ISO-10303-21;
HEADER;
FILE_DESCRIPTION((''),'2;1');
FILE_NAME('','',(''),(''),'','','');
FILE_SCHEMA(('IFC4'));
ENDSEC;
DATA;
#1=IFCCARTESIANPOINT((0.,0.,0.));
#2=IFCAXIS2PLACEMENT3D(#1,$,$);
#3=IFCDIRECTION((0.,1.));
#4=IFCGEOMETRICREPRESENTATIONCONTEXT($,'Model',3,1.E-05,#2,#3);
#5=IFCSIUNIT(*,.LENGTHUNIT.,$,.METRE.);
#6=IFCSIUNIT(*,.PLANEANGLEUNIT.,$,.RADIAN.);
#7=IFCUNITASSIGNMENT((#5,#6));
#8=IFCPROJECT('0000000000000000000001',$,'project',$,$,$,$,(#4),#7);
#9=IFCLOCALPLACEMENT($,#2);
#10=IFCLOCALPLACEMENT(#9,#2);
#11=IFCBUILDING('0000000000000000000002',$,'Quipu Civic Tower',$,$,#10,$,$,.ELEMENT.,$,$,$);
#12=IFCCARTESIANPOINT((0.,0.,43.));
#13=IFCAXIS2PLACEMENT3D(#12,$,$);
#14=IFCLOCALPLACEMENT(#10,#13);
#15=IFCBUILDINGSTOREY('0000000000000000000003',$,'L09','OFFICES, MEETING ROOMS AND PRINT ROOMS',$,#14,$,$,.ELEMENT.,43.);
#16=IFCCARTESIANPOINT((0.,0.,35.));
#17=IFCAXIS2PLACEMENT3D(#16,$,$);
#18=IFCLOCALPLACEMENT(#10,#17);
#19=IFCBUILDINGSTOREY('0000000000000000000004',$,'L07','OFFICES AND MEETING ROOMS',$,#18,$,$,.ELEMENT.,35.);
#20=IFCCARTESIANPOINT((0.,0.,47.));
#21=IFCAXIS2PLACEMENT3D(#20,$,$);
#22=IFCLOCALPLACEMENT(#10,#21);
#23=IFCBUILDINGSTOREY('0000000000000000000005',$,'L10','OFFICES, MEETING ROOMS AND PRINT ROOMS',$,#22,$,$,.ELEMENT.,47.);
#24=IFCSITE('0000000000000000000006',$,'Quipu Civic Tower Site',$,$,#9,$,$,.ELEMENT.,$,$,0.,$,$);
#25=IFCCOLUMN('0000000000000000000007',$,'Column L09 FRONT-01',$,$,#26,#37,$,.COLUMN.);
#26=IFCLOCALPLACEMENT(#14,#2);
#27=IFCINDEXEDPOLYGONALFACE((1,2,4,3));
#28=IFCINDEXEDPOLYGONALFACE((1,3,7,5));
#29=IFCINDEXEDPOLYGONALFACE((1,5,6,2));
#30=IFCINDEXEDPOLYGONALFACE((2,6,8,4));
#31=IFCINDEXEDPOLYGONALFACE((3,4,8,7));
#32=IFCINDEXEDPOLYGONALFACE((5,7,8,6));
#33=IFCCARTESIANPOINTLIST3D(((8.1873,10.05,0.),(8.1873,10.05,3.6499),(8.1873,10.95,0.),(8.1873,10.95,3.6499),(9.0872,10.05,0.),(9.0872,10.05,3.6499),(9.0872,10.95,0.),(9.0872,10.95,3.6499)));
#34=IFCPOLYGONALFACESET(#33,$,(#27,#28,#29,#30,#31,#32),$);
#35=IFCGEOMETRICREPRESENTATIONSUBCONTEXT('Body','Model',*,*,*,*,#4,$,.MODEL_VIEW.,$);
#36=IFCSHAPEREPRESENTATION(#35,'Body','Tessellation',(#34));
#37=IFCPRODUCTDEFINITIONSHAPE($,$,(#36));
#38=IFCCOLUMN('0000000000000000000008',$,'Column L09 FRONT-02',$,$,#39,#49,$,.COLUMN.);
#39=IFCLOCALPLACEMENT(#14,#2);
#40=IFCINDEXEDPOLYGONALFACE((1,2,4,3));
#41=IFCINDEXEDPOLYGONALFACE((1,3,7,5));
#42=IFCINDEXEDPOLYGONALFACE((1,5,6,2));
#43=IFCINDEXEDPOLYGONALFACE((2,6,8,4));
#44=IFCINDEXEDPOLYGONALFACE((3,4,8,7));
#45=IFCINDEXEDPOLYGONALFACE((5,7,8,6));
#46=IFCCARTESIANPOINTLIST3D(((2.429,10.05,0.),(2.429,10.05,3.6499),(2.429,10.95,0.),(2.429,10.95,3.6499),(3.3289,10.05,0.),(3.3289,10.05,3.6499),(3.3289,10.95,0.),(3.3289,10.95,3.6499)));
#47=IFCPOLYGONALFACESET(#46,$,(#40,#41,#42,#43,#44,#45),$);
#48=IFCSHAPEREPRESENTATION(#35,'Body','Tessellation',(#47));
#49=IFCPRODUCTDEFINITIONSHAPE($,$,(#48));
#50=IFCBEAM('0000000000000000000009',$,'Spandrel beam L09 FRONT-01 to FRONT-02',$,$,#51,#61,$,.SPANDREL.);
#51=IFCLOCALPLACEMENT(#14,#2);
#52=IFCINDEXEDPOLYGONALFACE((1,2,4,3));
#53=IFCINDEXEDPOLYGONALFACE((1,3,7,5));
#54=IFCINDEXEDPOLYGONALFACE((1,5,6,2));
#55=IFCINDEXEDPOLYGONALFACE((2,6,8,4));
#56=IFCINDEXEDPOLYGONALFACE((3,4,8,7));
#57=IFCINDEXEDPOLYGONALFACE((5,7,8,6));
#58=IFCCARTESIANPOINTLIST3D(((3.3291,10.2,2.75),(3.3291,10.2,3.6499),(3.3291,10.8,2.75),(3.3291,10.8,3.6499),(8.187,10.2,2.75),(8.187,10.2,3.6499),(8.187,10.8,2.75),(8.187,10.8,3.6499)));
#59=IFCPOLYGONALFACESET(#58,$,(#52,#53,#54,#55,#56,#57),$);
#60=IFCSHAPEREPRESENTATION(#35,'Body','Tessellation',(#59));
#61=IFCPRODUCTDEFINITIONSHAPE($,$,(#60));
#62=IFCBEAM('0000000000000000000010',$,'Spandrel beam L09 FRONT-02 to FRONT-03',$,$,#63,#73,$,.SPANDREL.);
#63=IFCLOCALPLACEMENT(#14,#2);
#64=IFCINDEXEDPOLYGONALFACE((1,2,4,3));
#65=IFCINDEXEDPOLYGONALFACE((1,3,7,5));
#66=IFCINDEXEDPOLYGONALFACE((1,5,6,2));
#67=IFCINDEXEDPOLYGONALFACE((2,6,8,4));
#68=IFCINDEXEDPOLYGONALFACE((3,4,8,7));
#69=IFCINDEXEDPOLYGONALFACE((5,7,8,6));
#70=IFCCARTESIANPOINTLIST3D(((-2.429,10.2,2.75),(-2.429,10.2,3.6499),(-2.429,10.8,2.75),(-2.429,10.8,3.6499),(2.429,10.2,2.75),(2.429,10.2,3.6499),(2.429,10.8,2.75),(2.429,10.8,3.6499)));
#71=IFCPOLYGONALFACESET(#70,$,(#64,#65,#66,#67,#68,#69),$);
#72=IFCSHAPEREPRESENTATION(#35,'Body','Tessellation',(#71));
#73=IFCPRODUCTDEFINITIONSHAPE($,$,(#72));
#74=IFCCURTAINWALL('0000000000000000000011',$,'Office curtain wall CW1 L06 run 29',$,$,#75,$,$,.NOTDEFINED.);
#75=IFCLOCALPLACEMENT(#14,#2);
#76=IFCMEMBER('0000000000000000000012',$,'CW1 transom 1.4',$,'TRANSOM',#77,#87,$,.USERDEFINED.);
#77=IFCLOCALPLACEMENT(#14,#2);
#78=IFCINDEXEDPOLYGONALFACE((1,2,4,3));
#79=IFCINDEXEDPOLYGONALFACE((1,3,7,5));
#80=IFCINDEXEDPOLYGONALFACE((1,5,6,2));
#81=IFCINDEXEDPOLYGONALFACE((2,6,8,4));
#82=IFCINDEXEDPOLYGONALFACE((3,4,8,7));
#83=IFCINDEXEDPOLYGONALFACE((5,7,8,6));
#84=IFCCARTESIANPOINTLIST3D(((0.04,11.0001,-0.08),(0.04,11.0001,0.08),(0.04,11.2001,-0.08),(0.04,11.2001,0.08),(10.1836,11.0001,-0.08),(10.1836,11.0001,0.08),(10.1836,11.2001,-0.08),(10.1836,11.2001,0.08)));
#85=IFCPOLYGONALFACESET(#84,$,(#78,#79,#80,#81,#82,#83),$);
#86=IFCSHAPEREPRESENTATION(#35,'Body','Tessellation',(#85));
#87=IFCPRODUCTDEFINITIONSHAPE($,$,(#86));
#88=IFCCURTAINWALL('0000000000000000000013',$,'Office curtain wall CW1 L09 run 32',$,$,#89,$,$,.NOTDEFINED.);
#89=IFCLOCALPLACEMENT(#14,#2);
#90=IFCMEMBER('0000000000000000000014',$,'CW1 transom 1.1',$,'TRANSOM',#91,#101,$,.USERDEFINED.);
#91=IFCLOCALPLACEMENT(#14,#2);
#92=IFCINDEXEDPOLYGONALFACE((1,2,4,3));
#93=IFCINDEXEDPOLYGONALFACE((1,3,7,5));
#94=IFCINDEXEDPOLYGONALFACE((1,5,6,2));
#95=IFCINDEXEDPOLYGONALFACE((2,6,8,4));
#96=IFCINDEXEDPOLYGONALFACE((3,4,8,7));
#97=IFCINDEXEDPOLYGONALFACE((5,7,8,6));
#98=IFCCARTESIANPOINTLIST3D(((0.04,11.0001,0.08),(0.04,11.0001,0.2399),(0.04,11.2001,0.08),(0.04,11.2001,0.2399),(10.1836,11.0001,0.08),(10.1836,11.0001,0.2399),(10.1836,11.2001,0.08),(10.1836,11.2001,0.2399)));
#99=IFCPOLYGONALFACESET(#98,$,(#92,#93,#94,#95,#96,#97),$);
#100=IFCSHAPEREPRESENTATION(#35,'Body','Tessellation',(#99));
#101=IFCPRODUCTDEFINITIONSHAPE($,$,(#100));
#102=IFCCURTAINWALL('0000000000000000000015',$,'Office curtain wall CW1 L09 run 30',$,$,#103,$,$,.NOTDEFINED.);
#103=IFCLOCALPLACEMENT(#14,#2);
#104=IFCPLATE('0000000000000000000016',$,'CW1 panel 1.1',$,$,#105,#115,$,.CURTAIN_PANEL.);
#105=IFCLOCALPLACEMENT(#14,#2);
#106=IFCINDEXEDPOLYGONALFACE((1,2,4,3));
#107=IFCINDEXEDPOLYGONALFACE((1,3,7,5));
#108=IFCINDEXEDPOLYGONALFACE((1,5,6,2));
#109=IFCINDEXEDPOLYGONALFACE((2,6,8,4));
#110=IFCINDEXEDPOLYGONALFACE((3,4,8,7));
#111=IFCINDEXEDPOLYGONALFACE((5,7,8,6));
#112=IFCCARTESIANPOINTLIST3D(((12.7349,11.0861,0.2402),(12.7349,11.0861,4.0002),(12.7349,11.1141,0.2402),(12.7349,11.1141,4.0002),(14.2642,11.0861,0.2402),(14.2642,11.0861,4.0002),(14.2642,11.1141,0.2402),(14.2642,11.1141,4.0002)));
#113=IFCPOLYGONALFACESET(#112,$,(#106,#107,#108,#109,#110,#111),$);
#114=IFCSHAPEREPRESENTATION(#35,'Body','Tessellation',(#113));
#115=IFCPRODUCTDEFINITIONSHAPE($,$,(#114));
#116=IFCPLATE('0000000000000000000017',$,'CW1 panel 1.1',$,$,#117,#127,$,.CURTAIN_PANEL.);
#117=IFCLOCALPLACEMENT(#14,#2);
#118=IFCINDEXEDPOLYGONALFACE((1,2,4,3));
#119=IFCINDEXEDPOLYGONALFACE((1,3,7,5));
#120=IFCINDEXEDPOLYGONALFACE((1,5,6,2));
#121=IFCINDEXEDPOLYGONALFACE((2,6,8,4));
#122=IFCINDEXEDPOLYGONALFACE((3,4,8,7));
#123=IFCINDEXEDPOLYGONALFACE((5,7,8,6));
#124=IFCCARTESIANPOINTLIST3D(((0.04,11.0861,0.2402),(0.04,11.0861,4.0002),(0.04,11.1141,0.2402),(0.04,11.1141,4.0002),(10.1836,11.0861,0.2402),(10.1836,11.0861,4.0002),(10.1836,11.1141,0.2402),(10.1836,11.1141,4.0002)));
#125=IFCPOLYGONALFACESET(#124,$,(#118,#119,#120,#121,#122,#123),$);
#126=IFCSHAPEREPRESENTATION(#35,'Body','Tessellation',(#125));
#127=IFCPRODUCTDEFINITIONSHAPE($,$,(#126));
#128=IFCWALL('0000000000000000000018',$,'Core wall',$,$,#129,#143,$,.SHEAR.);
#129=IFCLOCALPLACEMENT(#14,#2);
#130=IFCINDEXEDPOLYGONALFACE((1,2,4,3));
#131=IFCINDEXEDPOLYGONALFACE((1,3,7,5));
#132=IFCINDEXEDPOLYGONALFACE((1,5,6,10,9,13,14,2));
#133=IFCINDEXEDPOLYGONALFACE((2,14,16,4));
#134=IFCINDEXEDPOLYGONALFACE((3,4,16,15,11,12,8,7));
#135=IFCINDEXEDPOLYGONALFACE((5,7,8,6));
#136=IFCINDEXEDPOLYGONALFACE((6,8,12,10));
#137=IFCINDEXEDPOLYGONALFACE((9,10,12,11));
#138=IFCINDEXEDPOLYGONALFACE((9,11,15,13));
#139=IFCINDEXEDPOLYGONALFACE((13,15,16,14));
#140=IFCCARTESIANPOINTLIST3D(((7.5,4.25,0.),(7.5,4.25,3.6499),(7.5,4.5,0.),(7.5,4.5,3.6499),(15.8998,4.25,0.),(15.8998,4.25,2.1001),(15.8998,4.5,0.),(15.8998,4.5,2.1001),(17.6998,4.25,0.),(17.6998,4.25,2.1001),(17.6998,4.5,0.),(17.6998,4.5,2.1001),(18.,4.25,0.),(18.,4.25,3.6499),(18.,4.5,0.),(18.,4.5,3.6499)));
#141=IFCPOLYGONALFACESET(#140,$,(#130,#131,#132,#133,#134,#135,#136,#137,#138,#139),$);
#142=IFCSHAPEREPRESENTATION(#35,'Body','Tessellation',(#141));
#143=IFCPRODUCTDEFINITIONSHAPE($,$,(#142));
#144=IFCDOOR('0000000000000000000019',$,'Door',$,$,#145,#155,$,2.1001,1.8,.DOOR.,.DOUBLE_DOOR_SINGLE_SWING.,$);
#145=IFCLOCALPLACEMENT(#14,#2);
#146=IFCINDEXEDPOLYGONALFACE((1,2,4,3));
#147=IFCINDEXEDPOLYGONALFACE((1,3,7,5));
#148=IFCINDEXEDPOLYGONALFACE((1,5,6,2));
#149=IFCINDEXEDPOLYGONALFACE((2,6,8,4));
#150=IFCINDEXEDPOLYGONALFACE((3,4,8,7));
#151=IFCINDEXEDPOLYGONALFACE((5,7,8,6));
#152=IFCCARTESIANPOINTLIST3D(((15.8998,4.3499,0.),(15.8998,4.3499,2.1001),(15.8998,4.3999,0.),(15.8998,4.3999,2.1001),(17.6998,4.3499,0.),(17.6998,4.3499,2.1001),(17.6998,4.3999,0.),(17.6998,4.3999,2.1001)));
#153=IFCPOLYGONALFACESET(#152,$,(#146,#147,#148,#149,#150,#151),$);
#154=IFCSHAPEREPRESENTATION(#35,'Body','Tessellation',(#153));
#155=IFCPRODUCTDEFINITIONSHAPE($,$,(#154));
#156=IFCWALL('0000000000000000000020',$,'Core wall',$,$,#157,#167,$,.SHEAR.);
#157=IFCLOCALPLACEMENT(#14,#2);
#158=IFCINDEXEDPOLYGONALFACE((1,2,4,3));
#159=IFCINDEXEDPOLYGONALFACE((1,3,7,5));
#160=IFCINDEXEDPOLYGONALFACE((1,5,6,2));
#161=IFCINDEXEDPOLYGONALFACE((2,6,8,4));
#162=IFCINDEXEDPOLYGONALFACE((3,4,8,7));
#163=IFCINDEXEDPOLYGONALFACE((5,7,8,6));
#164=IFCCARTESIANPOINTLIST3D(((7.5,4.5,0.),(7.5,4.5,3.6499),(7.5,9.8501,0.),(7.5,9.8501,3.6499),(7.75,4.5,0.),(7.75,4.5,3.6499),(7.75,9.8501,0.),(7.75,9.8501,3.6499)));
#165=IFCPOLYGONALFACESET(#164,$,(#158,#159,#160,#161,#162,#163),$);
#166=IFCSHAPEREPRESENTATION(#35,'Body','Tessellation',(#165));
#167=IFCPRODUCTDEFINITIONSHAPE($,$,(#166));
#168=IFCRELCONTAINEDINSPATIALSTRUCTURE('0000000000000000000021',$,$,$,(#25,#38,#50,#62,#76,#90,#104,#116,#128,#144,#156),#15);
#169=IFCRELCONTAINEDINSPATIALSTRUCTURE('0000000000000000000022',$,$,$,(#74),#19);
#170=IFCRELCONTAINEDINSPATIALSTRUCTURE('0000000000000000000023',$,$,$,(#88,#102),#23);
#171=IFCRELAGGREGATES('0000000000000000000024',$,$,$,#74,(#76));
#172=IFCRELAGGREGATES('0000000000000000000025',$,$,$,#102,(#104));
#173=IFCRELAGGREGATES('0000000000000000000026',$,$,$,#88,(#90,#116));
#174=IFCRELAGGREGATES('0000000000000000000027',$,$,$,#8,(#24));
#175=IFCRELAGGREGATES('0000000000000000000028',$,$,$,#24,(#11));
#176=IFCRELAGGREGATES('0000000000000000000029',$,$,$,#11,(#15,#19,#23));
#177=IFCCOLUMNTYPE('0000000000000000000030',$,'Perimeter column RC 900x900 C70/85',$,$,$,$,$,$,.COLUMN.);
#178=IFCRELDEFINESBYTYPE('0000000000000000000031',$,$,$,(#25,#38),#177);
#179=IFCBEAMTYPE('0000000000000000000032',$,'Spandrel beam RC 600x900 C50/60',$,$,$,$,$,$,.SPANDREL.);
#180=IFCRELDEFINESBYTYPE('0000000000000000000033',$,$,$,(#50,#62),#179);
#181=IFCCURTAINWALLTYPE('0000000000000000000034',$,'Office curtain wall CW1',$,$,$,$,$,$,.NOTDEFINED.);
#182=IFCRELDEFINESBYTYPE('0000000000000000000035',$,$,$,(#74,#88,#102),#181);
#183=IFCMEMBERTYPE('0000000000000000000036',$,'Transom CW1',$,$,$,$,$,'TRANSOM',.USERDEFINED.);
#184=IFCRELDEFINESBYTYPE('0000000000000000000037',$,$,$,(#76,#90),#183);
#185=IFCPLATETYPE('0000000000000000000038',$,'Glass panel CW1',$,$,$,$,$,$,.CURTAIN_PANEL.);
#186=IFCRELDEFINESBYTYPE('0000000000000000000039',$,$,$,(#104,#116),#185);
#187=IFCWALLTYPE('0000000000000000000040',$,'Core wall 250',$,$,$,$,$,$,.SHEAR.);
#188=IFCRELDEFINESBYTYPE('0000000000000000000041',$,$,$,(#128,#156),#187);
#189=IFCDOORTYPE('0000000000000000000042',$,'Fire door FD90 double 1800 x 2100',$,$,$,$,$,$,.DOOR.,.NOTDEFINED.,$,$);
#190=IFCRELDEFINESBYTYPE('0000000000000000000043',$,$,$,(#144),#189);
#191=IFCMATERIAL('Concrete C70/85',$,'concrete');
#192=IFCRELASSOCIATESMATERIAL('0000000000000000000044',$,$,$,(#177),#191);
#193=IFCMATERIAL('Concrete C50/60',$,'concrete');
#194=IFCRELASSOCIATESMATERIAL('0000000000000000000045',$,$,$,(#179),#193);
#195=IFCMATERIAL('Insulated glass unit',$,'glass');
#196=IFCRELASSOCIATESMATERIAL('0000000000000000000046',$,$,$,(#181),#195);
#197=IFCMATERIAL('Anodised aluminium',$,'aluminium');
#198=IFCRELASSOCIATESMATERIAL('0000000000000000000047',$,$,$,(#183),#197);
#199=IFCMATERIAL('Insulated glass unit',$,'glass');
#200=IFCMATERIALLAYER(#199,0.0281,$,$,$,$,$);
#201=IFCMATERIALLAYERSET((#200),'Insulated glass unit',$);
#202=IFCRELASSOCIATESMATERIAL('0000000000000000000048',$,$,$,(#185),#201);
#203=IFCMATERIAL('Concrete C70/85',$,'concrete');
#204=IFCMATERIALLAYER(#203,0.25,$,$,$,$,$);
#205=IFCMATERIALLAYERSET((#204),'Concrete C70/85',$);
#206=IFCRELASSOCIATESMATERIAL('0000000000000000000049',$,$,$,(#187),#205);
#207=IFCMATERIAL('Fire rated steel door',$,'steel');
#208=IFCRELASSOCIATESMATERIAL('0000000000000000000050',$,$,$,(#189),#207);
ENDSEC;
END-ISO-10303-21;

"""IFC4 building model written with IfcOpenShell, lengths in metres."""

from ifc_helpers import new_model, si_unit, direction, frame, frame_2d, origin, origin_2d, place, context, subcontext, project, spatial, rectangle, extrude, material, layer, layer_set, material_profile, profile_set, type_object, element, fill, aggregate, save


model = new_model("IFC4")

# Units and contexts
model_context = context("Model", 3, precision=1e-05, world=origin(), true_north=direction((0.0, 1.0)))
body_context = subcontext(model_context, "Body", "Model", "MODEL_VIEW")
ifc_project = project(units=[si_unit("LENGTHUNIT", "METRE"), si_unit("PLANEANGLEUNIT", "RADIAN")], contexts=[model_context])

# Site, building, storey
site_placement = place(None, origin())
site = spatial("IfcSite", under=ifc_project, at=site_placement, Name="Quipu Civic Tower Site", CompositionType="ELEMENT", RefElevation=0.0)
building_placement = place(site_placement, origin())
building = spatial("IfcBuilding", under=site, at=building_placement, Name="Quipu Civic Tower", CompositionType="ELEMENT")
storey_1_placement = place(building_placement, frame((0.0, 0.0, 43.0)))
storey_1 = spatial("IfcBuildingStorey", under=building, at=storey_1_placement, Name="L09", Description="OFFICES, MEETING ROOMS AND PRINT ROOMS", CompositionType="ELEMENT", Elevation=43.0)

# Columns
ifc_material_1 = material(Name="Concrete C70/85", Category="concrete")
ifc_material_profile_1 = material_profile(ifc_material_1, rectangle(XDim=0.8999, YDim=0.8999, at=origin_2d()), Name="RC900x900")
ifc_profile_set_1 = profile_set([ifc_material_profile_1], Name="Concrete C70/85")
column_type = type_object("IfcColumnType", Name="Perimeter column RC 900x900 C70/85", PredefinedType="COLUMN", material=ifc_profile_set_1)
for number, where, z_axis, x_axis, name in (
    (1, (8.6372, 10.5, 0.0), (0.0, 0.0, 1.0), (-1.0, 0.0, 0.0), "Column L09 FRONT-01"),
    (2, (2.8789, 10.5, 0.0), (0.0, 0.0, 1.0), (-1.0, 0.0, 0.0), "Column L09 FRONT-02"),
):
    element("IfcColumn", number, at=place(storey_1_placement, frame(where, z_axis=z_axis, x_axis=x_axis)), inside=storey_1, type_object=column_type, Name=name, PredefinedType="COLUMN", context=body_context, shape_type="SweptSolid", body=[
        extrude(rectangle(XDim=0.8999, YDim=0.8999, at=origin_2d()), origin(), (0.0, 0.0, 1.0), 3.6499),
    ])

# Beams
ifc_material_2 = material(Name="Concrete C50/60", Category="concrete")
ifc_material_profile_2 = material_profile(ifc_material_2, rectangle(XDim=0.6001, YDim=0.8999, at=origin_2d()), Name="RC600x900")
ifc_profile_set_2 = profile_set([ifc_material_profile_2], Name="Concrete C50/60")
beam_type = type_object("IfcBeamType", Name="Spandrel beam RC 600x900 C50/60", PredefinedType="SPANDREL", material=ifc_profile_set_2)
for number, where, z_axis, x_axis, name in (
    (3, (8.187, 10.5, 3.2), (-1.0, 0.0, 0.0), (0.0, -1.0, 0.0), "Spandrel beam L09 FRONT-01 to FRONT-02"),
    (4, (2.429, 10.5, 3.2), (-1.0, 0.0, 0.0), (0.0, -1.0, 0.0), "Spandrel beam L09 FRONT-02 to FRONT-03"),
):
    element("IfcBeam", number, at=place(storey_1_placement, frame(where, z_axis=z_axis, x_axis=x_axis)), inside=storey_1, type_object=beam_type, Name=name, PredefinedType="SPANDREL", context=body_context, shape_type="SweptSolid", body=[
        extrude(rectangle(XDim=0.6001, YDim=0.8999, at=origin_2d()), origin(), (0.0, 0.0, 1.0), 4.8579),
    ])

# Shared definitions
storey_2_placement = place(building_placement, frame((0.0, 0.0, 35.0)))
storey_2 = spatial("IfcBuildingStorey", under=building, at=storey_2_placement, Name="L07", Description="OFFICES AND MEETING ROOMS", CompositionType="ELEMENT", Elevation=35.0)

# Curtain wall, member
ifc_material_3 = material(Name="Insulated glass unit", Category="glass")
curtain_wall_type = type_object("IfcCurtainWallType", Name="Office curtain wall CW1", PredefinedType="NOTDEFINED", material=ifc_material_3)
curtain_wall_1_placement = place(storey_2_placement, origin())
curtain_wall_1 = element("IfcCurtainWall", 5, at=curtain_wall_1_placement, inside=storey_2, type_object=curtain_wall_type, Name="Office curtain wall CW1 L06 run 29", PredefinedType="NOTDEFINED")
ifc_material_4 = material(Name="Anodised aluminium", Category="aluminium")
ifc_material_profile_3 = material_profile(ifc_material_4, rectangle(XDim=0.2, YDim=0.1599, at=origin_2d()), Name="RECT 200x160")
ifc_profile_set_3 = profile_set([ifc_material_profile_3], Name="Anodised aluminium")
member_type = type_object("IfcMemberType", Name="Transom CW1", ElementType="TRANSOM", PredefinedType="USERDEFINED", material=ifc_profile_set_3)
member_1_placement = place(storey_1_placement, frame((10.1836, 11.1001, 0.0), z_axis=(-1.0, 0.0, 0.0), x_axis=(0.0, -1.0, 0.0)))
member_1 = element("IfcMember", 6, at=member_1_placement, inside=storey_1, type_object=member_type, Name="CW1 transom 1.4", ObjectType="TRANSOM", PredefinedType="USERDEFINED", context=body_context, shape_type="SweptSolid", body=[
    extrude(rectangle(XDim=0.2, YDim=0.1599, at=origin_2d()), origin(), (0.0, 0.0, 1.0), 10.1436),
])
aggregate(curtain_wall_1, [member_1])

# Shared definitions
storey_3_placement = place(building_placement, frame((0.0, 0.0, 47.0)))
storey_3 = spatial("IfcBuildingStorey", under=building, at=storey_3_placement, Name="L10", Description="OFFICES, MEETING ROOMS AND PRINT ROOMS", CompositionType="ELEMENT", Elevation=47.0)

# Curtain wall, member
curtain_wall_2_placement = place(storey_3_placement, origin())
curtain_wall_2 = element("IfcCurtainWall", 7, at=curtain_wall_2_placement, inside=storey_3, type_object=curtain_wall_type, Name="Office curtain wall CW1 L09 run 32", PredefinedType="NOTDEFINED")
member_2_placement = place(storey_1_placement, frame((10.1836, 11.1001, 0.1599), z_axis=(-1.0, 0.0, 0.0), x_axis=(0.0, -1.0, 0.0)))
member_2 = element("IfcMember", 8, at=member_2_placement, inside=storey_1, type_object=member_type, Name="CW1 transom 1.1", ObjectType="TRANSOM", PredefinedType="USERDEFINED", context=body_context, shape_type="SweptSolid", body=[
    extrude(rectangle(XDim=0.2, YDim=0.1599, at=origin_2d()), origin(), (0.0, 0.0, 1.0), 10.1436),
])

# Curtain wall, plate
curtain_wall_3_placement = place(storey_3_placement, origin())
curtain_wall_3 = element("IfcCurtainWall", 9, at=curtain_wall_3_placement, inside=storey_3, type_object=curtain_wall_type, Name="Office curtain wall CW1 L09 run 30", PredefinedType="NOTDEFINED")
ifc_material_5 = material(Name="Insulated glass unit", Category="glass")
ifc_layer_1 = layer(ifc_material_5, 0.0281)
ifc_layer_set_1 = layer_set([ifc_layer_1], Name="Insulated glass unit")
plate_type = type_object("IfcPlateType", Name="Glass panel CW1", PredefinedType="CURTAIN_PANEL", material=ifc_layer_set_1)
plate_1_placement = place(storey_1_placement, frame((13.4995, 11.1001, 0.2402), z_axis=(0.0, 0.0, 1.0), x_axis=(-1.0, 0.0, 0.0)))
plate_1 = element("IfcPlate", 10, at=plate_1_placement, inside=storey_1, type_object=plate_type, Name="CW1 panel 1.1", PredefinedType="CURTAIN_PANEL", context=body_context, shape_type="SweptSolid", body=[
    extrude(rectangle(XDim=1.5293, YDim=0.0281, at=origin_2d()), origin(), (0.0, 0.0, 1.0), 3.76),
])
aggregate(curtain_wall_3, [plate_1])

# Plate
plate_2_placement = place(storey_1_placement, frame((5.1118, 11.1001, 0.2402), z_axis=(0.0, 0.0, 1.0), x_axis=(-1.0, 0.0, 0.0)))
plate_2 = element("IfcPlate", 11, at=plate_2_placement, inside=storey_1, type_object=plate_type, Name="CW1 panel 1.1", PredefinedType="CURTAIN_PANEL", context=body_context, shape_type="SweptSolid", body=[
    extrude(rectangle(XDim=10.1436, YDim=0.0281, at=origin_2d()), origin(), (0.0, 0.0, 1.0), 3.76),
])
aggregate(curtain_wall_2, [member_2, plate_2])

# Wall, opening, door
ifc_material_6 = material(Name="Concrete C70/85", Category="concrete")
ifc_layer_2 = layer(ifc_material_6, 0.25)
ifc_layer_set_2 = layer_set([ifc_layer_2], Name="Concrete C70/85")
wall_type_1 = type_object("IfcWallType", Name="Core wall 250", PredefinedType="SHEAR", material=ifc_layer_set_2)
wall_1_placement = place(storey_1_placement, frame((7.5, 4.375, 0.0), z_axis=(0.0, 0.0, 1.0), x_axis=(1.0, 0.0, 0.0)))
wall_1 = element("IfcWall", 12, at=wall_1_placement, inside=storey_1, type_object=wall_type_1, Name="Core wall", PredefinedType="SHEAR", context=body_context, shape_type="SweptSolid", body=[
    extrude(rectangle(XDim=10.5, YDim=0.25, at=frame_2d((5.25, 0.0))), origin(), (0.0, 0.0, 1.0), 3.6499),
])
opening_1_placement = place(wall_1_placement, frame((8.3999, 0.0, 0.0)))
opening_1 = element("IfcOpeningElement", 13, at=opening_1_placement, cuts=wall_1, PredefinedType="OPENING", context=body_context, shape_type="SweptSolid", body=[
    extrude(rectangle(XDim=1.8, YDim=2.1001, at=frame_2d((0.8999, 1.05))), frame((0.0, 0.135, 0.0), z_axis=(0.0, -1.0, 0.0), x_axis=(1.0, 0.0, 0.0)), (0.0, 0.0, 1.0), 0.27),
])
ifc_material_7 = material(Name="Fire rated steel door", Category="steel")
door_type = type_object("IfcDoorType", Name="Fire door FD90 double 1800 x 2100", OperationType="NOTDEFINED", PredefinedType="DOOR", material=ifc_material_7)
door_placement = place(opening_1_placement, origin())
door = element("IfcDoor", 14, at=door_placement, inside=storey_1, type_object=door_type, Name="Door", OperationType="DOUBLE_DOOR_SINGLE_SWING", OverallHeight=2.1001, OverallWidth=1.8, PredefinedType="DOOR", context=body_context, shape_type="SweptSolid", body=[
    extrude(rectangle(XDim=1.8, YDim=2.1001, at=frame_2d((0.8999, 1.05))), frame((0.0, 0.0249, 0.0), z_axis=(0.0, -1.0, 0.0), x_axis=(1.0, 0.0, 0.0)), (0.0, 0.0, 1.0), 0.05),
])
fill(opening_1, door)

# Wall
wall_2_placement = place(storey_1_placement, frame((7.625, 4.5, 0.0), z_axis=(0.0, 0.0, 1.0), x_axis=(0.0, 1.0, 0.0)))
element("IfcWall", 15, at=wall_2_placement, inside=storey_1, type_object=wall_type_1, Name="Core wall", PredefinedType="SHEAR", context=body_context, shape_type="SweptSolid", body=[
    extrude(rectangle(XDim=5.3501, YDim=0.25, at=frame_2d((2.675, 0.0))), origin(), (0.0, 0.0, 1.0), 3.6499),
])

save(model, "model.ifc")
